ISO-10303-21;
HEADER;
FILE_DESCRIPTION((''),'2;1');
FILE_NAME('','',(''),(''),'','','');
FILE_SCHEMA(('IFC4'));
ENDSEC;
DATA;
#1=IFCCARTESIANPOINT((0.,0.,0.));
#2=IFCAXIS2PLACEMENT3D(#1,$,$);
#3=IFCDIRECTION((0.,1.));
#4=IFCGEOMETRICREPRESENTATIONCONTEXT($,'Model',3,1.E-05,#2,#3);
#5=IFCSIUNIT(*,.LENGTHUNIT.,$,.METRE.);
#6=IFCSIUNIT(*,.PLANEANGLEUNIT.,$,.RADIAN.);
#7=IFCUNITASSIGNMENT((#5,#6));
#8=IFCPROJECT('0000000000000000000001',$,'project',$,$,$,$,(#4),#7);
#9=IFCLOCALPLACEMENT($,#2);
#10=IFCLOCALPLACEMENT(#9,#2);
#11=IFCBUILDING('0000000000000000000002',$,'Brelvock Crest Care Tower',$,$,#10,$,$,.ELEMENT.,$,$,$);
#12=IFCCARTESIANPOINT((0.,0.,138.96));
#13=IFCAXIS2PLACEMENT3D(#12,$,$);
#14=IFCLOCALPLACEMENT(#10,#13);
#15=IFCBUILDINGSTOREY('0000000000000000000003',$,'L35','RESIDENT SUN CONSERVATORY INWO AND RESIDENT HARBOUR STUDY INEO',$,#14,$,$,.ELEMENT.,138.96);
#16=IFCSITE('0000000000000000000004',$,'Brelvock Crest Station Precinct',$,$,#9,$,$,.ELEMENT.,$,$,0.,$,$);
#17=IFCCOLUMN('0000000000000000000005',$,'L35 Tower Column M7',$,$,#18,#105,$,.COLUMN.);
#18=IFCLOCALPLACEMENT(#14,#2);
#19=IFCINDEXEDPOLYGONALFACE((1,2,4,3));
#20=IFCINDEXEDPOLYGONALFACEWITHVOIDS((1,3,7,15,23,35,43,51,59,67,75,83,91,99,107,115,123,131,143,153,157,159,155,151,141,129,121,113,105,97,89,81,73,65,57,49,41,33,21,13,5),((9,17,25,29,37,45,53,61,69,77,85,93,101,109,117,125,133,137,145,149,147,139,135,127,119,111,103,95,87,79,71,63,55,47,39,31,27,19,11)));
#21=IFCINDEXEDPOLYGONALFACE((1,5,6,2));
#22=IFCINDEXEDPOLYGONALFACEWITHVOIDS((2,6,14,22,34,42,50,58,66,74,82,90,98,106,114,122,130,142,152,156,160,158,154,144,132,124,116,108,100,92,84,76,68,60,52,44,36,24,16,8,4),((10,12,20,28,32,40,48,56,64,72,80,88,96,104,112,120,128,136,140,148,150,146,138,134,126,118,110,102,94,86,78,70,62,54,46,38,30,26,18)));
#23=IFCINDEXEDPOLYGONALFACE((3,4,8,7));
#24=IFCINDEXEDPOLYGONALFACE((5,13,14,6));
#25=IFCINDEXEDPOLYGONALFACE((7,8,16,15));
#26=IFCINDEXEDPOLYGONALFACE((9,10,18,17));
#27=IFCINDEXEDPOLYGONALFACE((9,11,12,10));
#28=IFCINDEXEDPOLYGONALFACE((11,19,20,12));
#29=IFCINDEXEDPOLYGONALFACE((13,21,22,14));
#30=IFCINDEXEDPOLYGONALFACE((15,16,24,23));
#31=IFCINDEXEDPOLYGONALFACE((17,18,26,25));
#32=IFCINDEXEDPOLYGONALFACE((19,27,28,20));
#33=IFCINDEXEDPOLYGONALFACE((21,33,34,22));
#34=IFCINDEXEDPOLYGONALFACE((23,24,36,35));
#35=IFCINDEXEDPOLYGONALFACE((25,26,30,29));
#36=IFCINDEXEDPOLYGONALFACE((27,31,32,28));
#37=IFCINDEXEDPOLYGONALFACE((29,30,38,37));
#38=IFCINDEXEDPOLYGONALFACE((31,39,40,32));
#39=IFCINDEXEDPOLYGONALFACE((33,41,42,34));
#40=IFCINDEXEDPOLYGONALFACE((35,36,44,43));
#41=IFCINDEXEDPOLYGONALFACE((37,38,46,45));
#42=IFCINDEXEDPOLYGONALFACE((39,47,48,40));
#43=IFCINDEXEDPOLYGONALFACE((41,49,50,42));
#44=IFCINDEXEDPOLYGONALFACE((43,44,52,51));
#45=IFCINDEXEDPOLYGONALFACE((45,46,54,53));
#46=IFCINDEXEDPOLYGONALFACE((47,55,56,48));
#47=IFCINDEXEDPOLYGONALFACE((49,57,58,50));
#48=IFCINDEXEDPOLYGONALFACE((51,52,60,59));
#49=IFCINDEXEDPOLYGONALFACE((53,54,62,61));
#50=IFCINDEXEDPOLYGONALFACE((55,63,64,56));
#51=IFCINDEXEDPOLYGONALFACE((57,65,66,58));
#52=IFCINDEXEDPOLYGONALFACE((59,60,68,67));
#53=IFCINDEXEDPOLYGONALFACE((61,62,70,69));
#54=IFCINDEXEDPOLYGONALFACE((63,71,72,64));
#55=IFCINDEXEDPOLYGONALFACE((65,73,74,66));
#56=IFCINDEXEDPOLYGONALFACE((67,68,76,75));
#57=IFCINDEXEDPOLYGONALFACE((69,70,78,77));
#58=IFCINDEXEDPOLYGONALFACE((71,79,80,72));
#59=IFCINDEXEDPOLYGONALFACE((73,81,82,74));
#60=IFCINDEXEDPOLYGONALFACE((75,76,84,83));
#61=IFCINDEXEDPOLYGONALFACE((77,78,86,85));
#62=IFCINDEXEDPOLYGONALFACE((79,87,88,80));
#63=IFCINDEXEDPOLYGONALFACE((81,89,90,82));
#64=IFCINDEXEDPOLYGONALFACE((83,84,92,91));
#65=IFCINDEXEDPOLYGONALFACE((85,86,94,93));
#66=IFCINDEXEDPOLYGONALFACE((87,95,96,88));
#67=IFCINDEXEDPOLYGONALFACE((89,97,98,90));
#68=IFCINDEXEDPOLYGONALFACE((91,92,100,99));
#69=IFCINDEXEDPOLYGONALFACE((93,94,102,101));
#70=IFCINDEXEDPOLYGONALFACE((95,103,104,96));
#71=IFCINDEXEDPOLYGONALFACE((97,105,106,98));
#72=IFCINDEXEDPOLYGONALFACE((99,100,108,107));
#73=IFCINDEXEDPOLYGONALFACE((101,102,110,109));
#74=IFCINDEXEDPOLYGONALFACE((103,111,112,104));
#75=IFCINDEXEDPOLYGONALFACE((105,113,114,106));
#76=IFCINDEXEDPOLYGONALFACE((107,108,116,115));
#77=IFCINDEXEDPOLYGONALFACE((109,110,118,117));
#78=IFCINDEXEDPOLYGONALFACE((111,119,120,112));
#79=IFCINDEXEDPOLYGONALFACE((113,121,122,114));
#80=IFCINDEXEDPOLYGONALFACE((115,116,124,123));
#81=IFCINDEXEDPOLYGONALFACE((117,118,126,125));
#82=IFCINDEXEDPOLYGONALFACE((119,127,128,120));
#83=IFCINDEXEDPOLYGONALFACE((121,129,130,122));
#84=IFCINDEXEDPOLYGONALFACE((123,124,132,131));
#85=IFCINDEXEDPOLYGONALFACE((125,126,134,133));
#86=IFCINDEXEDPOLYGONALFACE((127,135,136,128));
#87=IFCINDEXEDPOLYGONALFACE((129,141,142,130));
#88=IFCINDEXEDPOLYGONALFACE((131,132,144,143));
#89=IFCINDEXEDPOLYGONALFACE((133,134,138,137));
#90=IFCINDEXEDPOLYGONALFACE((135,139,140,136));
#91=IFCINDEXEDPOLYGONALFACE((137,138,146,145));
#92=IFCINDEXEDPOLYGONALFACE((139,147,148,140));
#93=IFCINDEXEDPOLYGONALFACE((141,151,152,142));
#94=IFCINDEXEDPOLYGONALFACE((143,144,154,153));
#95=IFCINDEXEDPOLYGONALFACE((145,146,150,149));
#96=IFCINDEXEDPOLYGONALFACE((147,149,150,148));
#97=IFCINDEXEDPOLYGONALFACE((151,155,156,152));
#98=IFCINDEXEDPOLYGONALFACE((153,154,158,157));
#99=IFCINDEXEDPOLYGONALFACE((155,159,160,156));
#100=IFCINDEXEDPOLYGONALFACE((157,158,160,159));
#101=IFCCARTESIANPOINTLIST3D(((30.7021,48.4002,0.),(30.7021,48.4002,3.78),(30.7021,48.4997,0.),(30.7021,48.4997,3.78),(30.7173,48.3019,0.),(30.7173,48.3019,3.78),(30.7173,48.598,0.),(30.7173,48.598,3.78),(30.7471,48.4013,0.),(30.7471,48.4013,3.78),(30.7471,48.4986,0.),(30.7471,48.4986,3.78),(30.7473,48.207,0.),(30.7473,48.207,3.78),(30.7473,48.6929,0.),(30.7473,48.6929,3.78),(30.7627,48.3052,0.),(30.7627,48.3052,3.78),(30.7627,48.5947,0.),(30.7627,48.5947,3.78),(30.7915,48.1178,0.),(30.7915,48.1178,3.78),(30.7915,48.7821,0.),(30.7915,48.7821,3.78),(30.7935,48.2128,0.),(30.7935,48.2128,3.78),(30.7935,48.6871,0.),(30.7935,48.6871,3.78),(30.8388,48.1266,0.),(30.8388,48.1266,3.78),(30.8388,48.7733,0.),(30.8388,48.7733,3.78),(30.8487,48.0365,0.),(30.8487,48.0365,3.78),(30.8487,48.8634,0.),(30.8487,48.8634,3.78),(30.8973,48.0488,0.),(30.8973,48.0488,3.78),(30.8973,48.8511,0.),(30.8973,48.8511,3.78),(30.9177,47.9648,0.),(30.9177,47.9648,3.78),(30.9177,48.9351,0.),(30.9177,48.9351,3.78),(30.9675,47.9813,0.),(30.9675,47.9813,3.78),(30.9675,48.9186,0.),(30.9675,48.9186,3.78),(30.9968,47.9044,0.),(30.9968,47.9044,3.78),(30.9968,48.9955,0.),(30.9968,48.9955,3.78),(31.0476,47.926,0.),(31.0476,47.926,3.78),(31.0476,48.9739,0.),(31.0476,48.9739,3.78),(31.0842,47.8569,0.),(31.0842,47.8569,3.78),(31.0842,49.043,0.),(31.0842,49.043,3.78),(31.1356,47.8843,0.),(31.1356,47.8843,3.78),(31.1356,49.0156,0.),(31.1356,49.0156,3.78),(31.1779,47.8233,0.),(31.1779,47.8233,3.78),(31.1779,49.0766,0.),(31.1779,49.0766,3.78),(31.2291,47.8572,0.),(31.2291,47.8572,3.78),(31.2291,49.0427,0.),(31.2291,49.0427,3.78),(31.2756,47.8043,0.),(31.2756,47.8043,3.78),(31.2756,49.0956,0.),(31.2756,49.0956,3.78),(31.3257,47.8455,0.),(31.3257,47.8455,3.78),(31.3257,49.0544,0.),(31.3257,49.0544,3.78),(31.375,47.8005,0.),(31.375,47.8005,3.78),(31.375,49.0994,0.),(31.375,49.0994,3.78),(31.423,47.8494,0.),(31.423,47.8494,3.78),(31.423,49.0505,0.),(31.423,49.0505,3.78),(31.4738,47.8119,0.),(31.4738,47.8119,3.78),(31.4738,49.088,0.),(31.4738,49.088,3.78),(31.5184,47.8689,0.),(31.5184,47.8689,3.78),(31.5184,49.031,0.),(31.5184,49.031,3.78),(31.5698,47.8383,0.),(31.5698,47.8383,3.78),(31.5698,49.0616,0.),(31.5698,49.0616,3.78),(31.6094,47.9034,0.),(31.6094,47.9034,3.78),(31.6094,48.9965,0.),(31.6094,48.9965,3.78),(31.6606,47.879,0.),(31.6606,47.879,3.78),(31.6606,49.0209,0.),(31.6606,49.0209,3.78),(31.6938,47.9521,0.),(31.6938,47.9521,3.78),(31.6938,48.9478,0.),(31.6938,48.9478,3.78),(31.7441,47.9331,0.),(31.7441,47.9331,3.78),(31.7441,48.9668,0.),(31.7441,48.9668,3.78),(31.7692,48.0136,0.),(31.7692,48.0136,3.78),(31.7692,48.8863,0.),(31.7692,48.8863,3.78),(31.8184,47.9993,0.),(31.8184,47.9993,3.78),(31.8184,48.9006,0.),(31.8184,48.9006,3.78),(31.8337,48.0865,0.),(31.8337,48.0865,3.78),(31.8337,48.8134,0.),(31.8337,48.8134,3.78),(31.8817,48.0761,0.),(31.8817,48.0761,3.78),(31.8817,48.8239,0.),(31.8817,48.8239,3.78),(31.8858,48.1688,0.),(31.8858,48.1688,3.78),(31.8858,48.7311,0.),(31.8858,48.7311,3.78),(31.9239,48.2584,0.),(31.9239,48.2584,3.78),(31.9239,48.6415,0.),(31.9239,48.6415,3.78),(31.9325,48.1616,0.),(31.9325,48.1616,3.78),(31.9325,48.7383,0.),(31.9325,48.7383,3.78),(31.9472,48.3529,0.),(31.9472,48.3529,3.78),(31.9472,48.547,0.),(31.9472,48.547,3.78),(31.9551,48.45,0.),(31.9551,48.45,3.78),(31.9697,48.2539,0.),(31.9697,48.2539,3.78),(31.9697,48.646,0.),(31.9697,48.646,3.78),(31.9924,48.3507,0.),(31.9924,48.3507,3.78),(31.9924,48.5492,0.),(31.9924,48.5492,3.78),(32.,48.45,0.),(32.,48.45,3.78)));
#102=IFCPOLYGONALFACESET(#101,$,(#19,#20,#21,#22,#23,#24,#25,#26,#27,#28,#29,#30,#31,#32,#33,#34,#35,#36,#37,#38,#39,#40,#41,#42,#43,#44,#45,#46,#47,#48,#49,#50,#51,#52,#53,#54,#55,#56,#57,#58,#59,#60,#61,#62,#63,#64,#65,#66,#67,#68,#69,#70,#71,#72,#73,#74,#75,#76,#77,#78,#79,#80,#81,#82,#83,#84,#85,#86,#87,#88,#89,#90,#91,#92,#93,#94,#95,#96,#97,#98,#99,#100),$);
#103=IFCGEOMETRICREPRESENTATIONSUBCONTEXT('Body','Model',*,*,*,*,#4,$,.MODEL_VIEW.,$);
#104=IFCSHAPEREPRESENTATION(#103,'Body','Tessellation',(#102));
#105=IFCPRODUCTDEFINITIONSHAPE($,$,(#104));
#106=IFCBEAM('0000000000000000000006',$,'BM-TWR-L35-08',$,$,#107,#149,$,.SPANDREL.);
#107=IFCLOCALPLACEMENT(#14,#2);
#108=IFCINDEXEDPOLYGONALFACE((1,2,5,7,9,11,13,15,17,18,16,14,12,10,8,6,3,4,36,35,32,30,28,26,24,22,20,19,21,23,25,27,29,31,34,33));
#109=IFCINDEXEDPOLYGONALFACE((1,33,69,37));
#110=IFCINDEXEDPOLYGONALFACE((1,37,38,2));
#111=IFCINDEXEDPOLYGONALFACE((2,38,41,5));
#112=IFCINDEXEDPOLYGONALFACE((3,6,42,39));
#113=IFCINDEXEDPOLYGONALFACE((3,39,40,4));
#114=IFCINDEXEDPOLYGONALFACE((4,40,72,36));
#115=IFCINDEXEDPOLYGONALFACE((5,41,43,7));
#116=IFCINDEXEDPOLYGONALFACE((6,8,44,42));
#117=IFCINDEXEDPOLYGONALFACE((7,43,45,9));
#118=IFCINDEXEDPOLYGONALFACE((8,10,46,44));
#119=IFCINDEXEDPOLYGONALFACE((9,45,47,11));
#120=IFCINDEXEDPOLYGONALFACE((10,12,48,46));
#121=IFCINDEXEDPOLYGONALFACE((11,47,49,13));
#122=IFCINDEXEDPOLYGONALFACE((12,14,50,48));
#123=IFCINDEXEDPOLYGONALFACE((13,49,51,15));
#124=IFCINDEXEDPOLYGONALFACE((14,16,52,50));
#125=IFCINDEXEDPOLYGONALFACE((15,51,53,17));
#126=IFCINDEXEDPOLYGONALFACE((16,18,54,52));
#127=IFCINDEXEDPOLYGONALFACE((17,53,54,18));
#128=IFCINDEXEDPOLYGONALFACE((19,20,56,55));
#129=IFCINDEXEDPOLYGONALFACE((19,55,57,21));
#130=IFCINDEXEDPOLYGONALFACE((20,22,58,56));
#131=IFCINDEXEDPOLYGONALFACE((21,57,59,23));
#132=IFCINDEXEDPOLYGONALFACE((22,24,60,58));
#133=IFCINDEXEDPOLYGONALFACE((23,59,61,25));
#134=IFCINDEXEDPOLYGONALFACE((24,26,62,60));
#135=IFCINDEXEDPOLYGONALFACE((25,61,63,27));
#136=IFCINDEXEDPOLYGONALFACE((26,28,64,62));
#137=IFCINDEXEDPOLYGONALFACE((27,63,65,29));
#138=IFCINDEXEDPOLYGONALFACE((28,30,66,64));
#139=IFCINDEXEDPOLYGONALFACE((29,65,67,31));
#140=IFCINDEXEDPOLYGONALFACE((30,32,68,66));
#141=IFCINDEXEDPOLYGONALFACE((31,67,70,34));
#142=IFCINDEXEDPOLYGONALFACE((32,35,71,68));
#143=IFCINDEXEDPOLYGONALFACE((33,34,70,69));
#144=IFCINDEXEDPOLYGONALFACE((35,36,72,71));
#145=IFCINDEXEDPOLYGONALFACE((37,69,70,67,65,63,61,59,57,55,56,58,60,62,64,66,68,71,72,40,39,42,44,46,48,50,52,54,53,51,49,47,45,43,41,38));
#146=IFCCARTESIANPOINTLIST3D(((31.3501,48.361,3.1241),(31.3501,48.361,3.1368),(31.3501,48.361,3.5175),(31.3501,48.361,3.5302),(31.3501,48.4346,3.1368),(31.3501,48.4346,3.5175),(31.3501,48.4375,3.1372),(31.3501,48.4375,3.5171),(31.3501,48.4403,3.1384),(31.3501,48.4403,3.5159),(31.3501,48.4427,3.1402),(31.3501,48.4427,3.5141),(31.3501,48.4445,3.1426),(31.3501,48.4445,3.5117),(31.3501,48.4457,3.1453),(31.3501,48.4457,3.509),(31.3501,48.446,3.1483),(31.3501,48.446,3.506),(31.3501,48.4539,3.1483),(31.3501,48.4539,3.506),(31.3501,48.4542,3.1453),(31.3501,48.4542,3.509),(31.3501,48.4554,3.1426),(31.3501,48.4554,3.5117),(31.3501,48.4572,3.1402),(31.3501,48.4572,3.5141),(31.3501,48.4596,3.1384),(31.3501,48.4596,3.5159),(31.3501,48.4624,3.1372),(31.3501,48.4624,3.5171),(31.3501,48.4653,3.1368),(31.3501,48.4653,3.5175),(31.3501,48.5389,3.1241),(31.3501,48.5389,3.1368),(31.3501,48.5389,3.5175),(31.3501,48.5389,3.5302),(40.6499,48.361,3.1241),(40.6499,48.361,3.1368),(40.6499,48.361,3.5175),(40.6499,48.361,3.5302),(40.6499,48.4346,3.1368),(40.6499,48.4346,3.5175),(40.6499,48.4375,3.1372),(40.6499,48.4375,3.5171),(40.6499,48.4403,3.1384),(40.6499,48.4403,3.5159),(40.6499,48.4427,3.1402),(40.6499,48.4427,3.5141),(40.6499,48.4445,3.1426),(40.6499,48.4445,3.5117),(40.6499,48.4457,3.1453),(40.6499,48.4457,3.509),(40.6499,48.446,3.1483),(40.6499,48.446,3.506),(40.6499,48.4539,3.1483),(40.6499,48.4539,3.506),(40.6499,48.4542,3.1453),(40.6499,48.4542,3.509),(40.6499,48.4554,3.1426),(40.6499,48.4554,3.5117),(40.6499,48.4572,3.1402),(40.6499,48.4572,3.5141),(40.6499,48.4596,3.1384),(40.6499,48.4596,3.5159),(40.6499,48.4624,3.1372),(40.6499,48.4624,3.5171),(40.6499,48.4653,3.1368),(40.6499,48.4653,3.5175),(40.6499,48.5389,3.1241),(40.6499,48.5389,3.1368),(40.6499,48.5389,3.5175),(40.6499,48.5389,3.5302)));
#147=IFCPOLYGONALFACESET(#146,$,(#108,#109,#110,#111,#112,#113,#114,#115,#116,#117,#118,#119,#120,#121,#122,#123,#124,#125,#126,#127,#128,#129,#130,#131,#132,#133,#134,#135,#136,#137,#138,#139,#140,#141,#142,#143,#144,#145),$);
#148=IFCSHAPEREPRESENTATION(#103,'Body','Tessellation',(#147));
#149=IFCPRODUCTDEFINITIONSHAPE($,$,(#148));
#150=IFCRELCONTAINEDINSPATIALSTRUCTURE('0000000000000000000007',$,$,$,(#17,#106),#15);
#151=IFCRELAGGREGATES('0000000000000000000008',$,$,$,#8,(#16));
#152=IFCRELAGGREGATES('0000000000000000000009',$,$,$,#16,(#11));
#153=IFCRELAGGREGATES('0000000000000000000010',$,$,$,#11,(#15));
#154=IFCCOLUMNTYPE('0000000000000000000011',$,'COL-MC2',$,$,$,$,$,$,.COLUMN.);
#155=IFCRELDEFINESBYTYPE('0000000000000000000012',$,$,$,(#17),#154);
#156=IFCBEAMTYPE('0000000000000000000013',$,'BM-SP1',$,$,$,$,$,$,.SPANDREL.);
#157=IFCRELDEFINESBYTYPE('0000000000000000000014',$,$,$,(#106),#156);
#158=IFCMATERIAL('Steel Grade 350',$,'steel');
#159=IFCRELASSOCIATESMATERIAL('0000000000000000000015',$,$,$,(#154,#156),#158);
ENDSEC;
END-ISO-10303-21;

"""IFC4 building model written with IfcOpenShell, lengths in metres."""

from ifc_helpers import new_model, si_unit, direction, frame, origin, origin_2d, place, context, subcontext, project, spatial, hollow_circle, i_section, extrude, source, transform, mapped, material, material_profile, profile_set, type_object, element, save


model = new_model("IFC4")

# Units and contexts
model_context = context("Model", 3, precision=1e-05, world=origin(), true_north=direction((0.0, 1.0)))
body_context = subcontext(model_context, "Body", "Model", "MODEL_VIEW")
ifc_project = project(units=[si_unit("LENGTHUNIT", "METRE"), si_unit("PLANEANGLEUNIT", "RADIAN")], contexts=[model_context])

# Site, building, storey
site_placement = place(None, origin())
site = spatial("IfcSite", under=ifc_project, at=site_placement, Name="Brelvock Crest Station Precinct", CompositionType="ELEMENT", RefElevation=0.0)
building_placement = place(site_placement, origin())
building = spatial("IfcBuilding", under=site, at=building_placement, Name="Brelvock Crest Care Tower", CompositionType="ELEMENT")
storey_placement = place(building_placement, frame((0.0, 0.0, 138.96)))
storey = spatial("IfcBuildingStorey", under=building, at=storey_placement, Name="L35", Description="RESIDENT SUN CONSERVATORY INWO AND RESIDENT HARBOUR STUDY INEO", CompositionType="ELEMENT", Elevation=138.96)

# Column
ifc_material_1 = material(Name="Steel Grade 350", Category="steel")
ifc_material_profile_1 = material_profile(ifc_material_1, hollow_circle(Radius=0.6499, WallThickness=0.0449, at=origin_2d()), Name="CFT1300x45")
ifc_profile_set_1 = profile_set([ifc_material_profile_1], Name="Steel Grade 350")
column_type = type_object("IfcColumnType", Name="COL-MC2", PredefinedType="COLUMN", material=ifc_profile_set_1)
shared_shape_1 = source(origin(), body_context, "Body", "SweptSolid", [
    extrude(hollow_circle(Radius=0.6499, WallThickness=0.0449, at=origin_2d()), origin(), (0.0, 0.0, 1.0), 3.78),
])
column_placement = place(storey_placement, frame((31.3501, 48.45, 0.0), z_axis=(0.0, 0.0, 1.0), x_axis=(1.0, 0.0, 0.0)))
element("IfcColumn", 1, at=column_placement, inside=storey, type_object=column_type, Name="L35 Tower Column M7", PredefinedType="COLUMN", context=body_context, shape_type="MappedRepresentation", body=[
    mapped(shared_shape_1, transform((0.0, 0.0, 0.0), x_axis=(1.0, 0.0, 0.0), y_axis=(0.0, 1.0, 0.0), z_axis=(0.0, 0.0, 1.0), scale=1.0)),
])

# Beam
ifc_material_profile_2 = material_profile(ifc_material_1, i_section(OverallWidth=0.178, OverallDepth=0.406, WebThickness=0.0078, FlangeThickness=0.0127, FilletRadius=0.0115, at=origin_2d()), Name="410UB59.7")
ifc_profile_set_2 = profile_set([ifc_material_profile_2], Name="Steel Grade 350")
beam_type_1 = type_object("IfcBeamType", Name="BM-SP1", PredefinedType="SPANDREL", material=ifc_profile_set_2)
shared_shape_2 = source(origin(), body_context, "Body", "SweptSolid", [
    extrude(i_section(OverallWidth=0.178, OverallDepth=0.406, WebThickness=0.0078, FlangeThickness=0.0127, FilletRadius=0.0115, at=origin_2d()), origin(), (0.0, 0.0, 1.0), 9.2998),
])
beam_placement = place(storey_placement, frame((31.3501, 48.45, 3.3271), z_axis=(1.0, 0.0, 0.0), x_axis=(0.0, 1.0, 0.0)))
element("IfcBeam", 2, at=beam_placement, inside=storey, type_object=beam_type_1, Name="BM-TWR-L35-08", PredefinedType="SPANDREL", context=body_context, shape_type="MappedRepresentation", body=[
    mapped(shared_shape_2, transform((0.0, 0.0, 0.0), x_axis=(1.0, 0.0, 0.0), y_axis=(0.0, 1.0, 0.0), z_axis=(0.0, 0.0, 1.0), scale=1.0)),
])

save(model, "model.ifc")
